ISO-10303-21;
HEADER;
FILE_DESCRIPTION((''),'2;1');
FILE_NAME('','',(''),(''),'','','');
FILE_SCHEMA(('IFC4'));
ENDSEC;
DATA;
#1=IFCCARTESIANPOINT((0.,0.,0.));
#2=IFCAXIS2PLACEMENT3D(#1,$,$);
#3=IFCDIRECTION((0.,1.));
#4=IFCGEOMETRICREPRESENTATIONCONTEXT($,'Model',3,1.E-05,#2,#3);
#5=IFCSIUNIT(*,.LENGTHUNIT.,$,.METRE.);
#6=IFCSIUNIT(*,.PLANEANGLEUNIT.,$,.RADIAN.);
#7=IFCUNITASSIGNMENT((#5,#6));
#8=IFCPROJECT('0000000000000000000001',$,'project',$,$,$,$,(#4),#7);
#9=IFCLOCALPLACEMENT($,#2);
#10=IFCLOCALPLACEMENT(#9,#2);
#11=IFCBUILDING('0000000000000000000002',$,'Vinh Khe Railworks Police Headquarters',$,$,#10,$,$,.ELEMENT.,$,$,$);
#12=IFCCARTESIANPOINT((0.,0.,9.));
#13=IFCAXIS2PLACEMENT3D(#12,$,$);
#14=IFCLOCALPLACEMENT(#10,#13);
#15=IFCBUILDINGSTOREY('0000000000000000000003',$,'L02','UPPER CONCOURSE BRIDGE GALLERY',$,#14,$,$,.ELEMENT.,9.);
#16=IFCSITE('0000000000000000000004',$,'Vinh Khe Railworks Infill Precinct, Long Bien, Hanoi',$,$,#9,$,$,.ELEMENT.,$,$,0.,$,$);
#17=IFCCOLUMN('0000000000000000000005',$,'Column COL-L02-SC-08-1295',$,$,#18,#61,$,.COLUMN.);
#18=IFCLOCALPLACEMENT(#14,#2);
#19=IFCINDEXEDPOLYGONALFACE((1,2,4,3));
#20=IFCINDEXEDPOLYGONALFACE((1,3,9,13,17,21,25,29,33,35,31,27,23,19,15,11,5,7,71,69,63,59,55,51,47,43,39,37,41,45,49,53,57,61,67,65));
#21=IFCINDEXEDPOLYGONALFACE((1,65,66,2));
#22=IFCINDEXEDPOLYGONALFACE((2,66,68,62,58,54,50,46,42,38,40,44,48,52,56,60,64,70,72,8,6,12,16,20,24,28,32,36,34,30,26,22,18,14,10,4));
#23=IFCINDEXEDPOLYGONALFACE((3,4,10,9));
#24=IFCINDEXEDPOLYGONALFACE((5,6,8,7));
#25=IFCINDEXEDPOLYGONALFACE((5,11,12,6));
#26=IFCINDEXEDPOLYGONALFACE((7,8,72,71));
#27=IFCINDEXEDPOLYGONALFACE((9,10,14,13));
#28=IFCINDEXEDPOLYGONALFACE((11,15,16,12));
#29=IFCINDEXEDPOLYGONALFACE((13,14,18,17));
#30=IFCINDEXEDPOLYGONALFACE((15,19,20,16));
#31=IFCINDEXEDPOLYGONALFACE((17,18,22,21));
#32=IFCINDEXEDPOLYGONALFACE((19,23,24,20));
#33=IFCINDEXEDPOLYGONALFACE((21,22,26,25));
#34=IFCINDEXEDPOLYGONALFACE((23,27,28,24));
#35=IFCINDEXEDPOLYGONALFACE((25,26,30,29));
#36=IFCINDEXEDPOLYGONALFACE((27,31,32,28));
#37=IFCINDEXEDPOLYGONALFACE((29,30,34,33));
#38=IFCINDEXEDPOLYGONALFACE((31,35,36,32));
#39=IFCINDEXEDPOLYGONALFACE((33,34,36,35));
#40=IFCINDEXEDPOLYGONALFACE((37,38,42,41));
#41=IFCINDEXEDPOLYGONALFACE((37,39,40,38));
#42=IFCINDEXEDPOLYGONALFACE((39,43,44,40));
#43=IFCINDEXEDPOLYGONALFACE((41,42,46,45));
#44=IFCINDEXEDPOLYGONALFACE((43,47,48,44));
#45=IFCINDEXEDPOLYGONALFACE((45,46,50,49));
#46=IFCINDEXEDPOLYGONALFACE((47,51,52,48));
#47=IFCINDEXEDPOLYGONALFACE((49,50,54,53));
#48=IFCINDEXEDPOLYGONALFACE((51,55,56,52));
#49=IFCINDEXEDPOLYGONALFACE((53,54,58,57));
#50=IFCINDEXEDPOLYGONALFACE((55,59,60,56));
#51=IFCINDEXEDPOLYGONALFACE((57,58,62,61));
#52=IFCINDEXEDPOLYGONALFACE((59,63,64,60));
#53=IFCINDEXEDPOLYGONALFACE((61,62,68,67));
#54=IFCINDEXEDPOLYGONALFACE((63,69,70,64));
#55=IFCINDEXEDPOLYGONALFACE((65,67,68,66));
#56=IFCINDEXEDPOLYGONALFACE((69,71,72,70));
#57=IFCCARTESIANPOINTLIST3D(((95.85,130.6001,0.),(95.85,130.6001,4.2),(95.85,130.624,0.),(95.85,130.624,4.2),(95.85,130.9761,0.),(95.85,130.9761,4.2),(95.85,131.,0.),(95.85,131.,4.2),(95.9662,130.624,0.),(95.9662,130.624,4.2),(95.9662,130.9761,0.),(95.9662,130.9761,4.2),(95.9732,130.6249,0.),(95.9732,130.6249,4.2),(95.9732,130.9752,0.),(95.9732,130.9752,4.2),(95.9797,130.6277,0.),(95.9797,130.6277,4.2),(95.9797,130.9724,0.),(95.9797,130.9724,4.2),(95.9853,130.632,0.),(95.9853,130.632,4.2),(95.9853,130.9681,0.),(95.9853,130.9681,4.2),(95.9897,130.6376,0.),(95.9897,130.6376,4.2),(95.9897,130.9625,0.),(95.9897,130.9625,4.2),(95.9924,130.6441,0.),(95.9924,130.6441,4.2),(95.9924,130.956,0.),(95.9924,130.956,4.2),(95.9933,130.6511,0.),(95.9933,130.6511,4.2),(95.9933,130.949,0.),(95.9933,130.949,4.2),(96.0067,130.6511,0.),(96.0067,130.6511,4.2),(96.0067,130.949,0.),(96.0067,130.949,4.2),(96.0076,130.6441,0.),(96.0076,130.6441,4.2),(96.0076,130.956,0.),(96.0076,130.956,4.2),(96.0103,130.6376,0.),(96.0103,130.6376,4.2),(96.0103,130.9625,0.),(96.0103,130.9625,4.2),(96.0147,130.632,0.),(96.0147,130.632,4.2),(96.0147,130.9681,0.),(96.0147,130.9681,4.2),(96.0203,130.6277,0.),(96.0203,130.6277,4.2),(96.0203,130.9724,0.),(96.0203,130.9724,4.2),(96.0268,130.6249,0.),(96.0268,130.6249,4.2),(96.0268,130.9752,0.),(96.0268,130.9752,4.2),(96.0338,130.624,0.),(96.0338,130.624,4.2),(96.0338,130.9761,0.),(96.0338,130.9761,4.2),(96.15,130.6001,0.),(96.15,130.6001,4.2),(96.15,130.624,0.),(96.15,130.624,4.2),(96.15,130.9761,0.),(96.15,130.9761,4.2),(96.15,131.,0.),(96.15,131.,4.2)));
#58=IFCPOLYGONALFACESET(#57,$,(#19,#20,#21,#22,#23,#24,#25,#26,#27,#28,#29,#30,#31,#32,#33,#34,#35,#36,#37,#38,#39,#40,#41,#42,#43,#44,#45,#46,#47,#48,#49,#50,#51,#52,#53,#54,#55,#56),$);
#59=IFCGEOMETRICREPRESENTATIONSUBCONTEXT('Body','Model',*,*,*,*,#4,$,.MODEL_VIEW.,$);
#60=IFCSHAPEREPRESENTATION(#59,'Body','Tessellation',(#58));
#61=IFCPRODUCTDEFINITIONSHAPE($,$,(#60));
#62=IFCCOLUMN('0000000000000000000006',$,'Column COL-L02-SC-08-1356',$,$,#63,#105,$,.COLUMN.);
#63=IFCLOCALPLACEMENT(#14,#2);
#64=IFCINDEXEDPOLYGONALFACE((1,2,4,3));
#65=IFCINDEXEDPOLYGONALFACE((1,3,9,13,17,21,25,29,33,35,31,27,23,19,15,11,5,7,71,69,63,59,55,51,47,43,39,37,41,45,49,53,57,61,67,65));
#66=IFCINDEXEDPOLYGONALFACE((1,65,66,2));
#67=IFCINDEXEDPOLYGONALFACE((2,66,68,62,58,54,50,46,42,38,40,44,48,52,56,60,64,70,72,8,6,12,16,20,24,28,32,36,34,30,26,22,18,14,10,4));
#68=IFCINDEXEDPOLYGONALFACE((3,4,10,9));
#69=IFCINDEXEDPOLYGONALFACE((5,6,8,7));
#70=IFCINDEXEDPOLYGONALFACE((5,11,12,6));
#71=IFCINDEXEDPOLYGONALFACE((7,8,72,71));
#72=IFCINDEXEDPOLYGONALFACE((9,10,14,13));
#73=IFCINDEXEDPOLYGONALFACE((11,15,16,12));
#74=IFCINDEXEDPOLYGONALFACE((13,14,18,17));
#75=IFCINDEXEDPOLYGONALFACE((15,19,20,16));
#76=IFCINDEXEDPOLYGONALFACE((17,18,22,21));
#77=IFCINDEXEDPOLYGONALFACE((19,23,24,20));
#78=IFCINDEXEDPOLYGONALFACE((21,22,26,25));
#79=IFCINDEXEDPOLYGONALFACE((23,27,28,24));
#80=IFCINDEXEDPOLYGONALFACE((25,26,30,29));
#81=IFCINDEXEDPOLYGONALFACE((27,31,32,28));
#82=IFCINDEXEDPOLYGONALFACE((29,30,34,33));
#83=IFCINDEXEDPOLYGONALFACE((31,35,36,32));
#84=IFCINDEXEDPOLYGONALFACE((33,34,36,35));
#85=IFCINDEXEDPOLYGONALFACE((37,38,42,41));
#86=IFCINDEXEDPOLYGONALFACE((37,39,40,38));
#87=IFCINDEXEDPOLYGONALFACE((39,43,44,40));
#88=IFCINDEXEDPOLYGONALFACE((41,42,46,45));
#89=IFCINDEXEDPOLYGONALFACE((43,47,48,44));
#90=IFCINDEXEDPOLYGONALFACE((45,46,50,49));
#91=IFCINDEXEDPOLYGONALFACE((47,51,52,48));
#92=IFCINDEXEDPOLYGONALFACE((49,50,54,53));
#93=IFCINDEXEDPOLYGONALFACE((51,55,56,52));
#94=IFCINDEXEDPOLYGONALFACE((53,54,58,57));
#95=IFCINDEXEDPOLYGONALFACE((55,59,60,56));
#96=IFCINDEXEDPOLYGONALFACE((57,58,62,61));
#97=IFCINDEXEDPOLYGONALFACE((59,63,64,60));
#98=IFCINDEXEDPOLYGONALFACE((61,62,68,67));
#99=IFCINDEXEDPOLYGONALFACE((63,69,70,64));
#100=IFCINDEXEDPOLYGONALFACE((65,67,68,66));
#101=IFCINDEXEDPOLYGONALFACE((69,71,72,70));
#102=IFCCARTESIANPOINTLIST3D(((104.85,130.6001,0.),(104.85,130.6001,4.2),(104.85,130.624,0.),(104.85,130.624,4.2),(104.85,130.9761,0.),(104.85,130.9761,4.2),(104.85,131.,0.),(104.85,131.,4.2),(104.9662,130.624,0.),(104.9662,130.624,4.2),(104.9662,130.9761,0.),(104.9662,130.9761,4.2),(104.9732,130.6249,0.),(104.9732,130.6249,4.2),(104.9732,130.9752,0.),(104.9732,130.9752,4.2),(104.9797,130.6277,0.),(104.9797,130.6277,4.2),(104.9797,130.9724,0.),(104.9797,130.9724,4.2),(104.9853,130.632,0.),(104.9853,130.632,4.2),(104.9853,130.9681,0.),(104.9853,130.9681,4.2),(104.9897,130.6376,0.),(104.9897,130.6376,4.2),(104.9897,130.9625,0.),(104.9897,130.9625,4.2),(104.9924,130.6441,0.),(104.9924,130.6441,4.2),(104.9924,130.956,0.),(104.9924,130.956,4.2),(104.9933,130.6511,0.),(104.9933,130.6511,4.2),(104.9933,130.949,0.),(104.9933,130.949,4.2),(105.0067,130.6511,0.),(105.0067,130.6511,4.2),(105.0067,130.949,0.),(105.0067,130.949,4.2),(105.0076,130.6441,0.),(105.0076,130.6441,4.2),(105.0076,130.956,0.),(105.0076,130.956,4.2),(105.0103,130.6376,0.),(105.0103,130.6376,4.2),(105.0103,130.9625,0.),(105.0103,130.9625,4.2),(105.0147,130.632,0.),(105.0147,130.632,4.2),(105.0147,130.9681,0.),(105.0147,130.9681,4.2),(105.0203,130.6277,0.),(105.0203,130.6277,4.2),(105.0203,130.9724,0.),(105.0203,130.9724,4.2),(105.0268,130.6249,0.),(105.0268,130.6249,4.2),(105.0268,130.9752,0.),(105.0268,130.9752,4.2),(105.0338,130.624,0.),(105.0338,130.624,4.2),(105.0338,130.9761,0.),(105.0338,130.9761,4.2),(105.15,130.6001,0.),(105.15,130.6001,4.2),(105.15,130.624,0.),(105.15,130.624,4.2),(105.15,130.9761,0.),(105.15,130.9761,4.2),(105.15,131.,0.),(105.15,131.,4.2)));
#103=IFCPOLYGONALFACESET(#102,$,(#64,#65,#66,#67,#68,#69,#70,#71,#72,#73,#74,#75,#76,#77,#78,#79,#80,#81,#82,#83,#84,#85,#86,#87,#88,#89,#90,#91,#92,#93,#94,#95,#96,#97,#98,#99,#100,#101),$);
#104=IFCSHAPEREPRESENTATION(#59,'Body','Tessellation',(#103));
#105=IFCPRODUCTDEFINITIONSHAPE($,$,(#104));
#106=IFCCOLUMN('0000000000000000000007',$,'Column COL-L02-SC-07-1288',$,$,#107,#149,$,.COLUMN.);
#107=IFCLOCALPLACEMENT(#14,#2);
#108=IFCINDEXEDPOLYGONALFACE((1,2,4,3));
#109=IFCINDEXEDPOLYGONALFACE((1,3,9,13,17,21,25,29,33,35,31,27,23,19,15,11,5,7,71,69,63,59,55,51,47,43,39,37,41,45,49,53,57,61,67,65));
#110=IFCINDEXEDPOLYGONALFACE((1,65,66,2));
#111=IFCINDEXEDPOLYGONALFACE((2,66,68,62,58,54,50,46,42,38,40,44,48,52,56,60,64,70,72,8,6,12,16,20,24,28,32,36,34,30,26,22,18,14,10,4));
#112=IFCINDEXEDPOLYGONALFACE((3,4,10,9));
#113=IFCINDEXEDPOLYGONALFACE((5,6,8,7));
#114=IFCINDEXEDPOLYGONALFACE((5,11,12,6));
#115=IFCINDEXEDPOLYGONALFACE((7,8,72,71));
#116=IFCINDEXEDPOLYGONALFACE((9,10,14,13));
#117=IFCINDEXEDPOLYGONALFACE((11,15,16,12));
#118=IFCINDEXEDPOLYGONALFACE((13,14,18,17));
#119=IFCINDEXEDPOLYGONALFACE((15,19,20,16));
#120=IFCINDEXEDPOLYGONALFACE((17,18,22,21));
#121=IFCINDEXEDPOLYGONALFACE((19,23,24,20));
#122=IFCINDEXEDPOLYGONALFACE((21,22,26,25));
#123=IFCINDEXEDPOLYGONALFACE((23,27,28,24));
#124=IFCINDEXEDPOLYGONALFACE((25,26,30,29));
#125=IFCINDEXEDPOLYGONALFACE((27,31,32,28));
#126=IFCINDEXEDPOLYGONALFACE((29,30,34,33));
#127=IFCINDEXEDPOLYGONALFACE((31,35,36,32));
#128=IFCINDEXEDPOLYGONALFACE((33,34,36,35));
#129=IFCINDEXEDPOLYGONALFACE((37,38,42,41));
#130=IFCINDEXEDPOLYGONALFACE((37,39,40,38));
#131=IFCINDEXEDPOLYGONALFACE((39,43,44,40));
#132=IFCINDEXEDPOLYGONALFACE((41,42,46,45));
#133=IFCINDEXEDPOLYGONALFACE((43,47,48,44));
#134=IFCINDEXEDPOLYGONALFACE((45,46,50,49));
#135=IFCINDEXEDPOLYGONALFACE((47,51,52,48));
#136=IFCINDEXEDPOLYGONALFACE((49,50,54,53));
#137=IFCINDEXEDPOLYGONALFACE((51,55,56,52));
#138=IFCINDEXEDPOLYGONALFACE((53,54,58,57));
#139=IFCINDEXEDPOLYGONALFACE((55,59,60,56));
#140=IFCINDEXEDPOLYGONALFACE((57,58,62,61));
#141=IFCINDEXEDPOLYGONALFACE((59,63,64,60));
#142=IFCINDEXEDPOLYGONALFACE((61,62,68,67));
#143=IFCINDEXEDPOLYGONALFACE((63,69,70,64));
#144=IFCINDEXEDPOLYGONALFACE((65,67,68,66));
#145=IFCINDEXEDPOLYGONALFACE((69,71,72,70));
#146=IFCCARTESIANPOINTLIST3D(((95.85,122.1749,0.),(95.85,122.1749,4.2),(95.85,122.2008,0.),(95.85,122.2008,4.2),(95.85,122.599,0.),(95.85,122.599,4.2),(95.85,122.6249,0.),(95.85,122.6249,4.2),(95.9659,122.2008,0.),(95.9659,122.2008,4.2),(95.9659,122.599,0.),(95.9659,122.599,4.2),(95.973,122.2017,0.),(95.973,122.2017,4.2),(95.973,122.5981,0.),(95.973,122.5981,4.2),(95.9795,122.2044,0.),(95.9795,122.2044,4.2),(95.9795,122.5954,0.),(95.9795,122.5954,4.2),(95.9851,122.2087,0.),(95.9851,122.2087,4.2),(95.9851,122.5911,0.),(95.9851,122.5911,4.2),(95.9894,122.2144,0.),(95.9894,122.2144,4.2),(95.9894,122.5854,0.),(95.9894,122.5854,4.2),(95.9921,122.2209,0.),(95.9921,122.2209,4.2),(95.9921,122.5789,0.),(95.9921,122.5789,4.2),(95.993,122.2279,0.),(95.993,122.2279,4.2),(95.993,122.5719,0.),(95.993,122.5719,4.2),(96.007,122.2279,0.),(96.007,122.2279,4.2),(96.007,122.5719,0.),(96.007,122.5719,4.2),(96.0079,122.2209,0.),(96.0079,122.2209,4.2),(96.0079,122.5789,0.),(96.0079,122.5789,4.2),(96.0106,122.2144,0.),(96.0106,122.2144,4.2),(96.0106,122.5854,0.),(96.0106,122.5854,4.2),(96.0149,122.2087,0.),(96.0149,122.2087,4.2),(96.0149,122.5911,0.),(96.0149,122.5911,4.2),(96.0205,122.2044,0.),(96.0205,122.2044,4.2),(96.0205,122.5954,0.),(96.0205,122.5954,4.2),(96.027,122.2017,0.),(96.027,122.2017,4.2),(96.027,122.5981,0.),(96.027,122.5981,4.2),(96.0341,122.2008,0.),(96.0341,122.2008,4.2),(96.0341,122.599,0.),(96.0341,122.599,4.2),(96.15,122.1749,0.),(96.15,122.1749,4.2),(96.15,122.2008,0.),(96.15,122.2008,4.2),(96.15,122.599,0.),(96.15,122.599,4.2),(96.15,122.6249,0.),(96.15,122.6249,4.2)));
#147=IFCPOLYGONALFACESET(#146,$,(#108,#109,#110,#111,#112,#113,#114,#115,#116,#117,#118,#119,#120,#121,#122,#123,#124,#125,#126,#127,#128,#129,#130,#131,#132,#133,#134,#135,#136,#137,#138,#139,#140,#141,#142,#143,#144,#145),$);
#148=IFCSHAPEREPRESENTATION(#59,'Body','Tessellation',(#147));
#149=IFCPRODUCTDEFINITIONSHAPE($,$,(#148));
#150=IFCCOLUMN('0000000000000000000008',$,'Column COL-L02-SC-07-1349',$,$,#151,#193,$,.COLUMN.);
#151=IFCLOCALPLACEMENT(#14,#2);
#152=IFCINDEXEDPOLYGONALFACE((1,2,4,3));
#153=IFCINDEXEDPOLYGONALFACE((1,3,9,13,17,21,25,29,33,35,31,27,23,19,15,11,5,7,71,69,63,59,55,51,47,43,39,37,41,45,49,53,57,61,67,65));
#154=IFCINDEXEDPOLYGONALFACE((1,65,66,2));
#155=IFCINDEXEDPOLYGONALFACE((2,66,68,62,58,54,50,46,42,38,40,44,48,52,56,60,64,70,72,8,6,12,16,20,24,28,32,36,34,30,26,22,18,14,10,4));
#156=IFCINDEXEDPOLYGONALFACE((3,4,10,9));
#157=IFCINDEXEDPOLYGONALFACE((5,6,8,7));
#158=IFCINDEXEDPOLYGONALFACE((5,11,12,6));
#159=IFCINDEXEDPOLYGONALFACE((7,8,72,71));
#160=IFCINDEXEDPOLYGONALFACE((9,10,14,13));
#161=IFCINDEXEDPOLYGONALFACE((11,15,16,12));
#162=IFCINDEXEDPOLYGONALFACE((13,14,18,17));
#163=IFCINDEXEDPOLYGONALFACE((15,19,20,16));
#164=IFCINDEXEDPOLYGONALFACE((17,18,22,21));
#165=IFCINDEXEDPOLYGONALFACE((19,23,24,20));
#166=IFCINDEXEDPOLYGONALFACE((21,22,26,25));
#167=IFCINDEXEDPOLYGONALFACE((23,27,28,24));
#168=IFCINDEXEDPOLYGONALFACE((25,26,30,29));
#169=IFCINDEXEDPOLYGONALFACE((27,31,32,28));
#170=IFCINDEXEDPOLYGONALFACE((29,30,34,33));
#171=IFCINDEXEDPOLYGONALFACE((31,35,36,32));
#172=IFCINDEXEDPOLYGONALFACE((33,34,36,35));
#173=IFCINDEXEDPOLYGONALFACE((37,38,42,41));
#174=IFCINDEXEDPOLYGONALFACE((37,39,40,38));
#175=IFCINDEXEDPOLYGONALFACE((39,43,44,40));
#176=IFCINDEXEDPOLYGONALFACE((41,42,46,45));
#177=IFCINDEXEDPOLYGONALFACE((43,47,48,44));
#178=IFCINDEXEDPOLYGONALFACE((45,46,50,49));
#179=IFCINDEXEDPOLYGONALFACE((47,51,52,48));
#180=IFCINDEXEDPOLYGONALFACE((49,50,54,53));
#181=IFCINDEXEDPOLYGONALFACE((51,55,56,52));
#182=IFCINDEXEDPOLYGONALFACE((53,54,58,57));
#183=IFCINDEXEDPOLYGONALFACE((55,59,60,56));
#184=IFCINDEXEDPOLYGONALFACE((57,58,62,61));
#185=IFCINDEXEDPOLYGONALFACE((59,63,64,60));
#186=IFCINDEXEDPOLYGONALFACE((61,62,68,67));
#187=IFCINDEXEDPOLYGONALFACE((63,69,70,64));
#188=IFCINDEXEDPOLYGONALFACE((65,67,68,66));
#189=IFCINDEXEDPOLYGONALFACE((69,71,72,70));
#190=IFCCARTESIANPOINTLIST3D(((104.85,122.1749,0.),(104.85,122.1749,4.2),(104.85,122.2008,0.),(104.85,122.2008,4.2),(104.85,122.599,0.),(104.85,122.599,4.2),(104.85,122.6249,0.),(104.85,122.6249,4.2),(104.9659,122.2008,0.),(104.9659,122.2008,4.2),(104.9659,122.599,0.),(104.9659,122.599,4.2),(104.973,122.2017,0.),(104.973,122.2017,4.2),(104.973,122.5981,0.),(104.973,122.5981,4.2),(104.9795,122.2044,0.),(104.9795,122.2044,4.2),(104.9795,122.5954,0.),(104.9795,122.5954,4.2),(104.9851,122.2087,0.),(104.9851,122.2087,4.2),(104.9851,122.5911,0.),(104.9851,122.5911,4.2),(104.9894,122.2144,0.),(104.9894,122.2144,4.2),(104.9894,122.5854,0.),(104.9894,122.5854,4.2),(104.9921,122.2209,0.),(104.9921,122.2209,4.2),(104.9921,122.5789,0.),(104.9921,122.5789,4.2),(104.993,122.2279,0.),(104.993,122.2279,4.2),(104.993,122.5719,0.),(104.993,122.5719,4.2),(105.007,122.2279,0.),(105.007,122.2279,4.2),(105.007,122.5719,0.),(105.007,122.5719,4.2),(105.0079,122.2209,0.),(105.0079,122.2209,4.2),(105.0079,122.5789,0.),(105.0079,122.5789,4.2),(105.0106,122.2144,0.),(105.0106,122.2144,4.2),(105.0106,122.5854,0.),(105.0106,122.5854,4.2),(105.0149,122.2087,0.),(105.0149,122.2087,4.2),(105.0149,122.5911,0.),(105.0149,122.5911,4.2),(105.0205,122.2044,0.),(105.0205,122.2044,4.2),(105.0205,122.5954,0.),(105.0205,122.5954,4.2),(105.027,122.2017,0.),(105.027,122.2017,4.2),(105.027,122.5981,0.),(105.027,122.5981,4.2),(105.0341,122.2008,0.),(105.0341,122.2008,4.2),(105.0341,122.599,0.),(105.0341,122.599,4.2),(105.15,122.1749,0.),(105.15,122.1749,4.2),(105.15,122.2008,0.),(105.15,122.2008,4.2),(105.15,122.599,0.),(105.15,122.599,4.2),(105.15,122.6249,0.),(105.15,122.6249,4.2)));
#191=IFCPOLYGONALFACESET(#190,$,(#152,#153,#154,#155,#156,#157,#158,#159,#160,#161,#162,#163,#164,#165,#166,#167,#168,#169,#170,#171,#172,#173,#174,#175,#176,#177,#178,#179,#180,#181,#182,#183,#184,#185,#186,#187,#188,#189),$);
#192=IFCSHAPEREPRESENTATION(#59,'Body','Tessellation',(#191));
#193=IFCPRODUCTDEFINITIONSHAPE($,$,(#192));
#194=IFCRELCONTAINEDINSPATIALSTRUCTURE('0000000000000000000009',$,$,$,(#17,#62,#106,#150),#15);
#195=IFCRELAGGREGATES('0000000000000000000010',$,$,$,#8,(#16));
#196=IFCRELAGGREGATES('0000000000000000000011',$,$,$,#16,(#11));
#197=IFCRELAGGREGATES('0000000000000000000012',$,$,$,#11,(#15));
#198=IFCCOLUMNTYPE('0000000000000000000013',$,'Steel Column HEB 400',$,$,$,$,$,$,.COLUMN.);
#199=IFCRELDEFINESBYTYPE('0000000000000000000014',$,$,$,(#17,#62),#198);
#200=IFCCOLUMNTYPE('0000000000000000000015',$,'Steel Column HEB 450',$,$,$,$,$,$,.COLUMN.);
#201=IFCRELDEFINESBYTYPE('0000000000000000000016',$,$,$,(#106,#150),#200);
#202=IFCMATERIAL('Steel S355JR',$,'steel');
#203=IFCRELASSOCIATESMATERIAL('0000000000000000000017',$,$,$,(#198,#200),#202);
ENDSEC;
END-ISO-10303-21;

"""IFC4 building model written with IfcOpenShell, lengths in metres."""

from ifc_helpers import new_model, si_unit, direction, frame, origin, origin_2d, place, context, subcontext, project, spatial, i_section, extrude, material, material_profile, profile_set, type_object, element, save


model = new_model("IFC4")

# Units and contexts
model_context = context("Model", 3, precision=1e-05, world=origin(), true_north=direction((0.0, 1.0)))
body_context = subcontext(model_context, "Body", "Model", "MODEL_VIEW")
ifc_project = project(units=[si_unit("LENGTHUNIT", "METRE"), si_unit("PLANEANGLEUNIT", "RADIAN")], contexts=[model_context])

# Site, building, storey
site_placement = place(None, origin())
site = spatial("IfcSite", under=ifc_project, at=site_placement, Name="Vinh Khe Railworks Infill Precinct, Long Bien, Hanoi", CompositionType="ELEMENT", RefElevation=0.0)
building_placement = place(site_placement, origin())
building = spatial("IfcBuilding", under=site, at=building_placement, Name="Vinh Khe Railworks Police Headquarters", CompositionType="ELEMENT")
storey_placement = place(building_placement, frame((0.0, 0.0, 9.0)))
storey = spatial("IfcBuildingStorey", under=building, at=storey_placement, Name="L02", Description="UPPER CONCOURSE BRIDGE GALLERY", CompositionType="ELEMENT", Elevation=9.0)

# Columns
ifc_material_1 = material(Name="Steel S355JR", Category="steel")
ifc_material_profile_1 = material_profile(ifc_material_1, i_section(OverallWidth=0.3, OverallDepth=0.3999, WebThickness=0.0134, FlangeThickness=0.0239, FilletRadius=0.0271, at=origin_2d()), Name="HEB 400")
ifc_profile_set_1 = profile_set([ifc_material_profile_1], Name="Steel S355JR")
column_type_1 = type_object("IfcColumnType", Name="Steel Column HEB 400", PredefinedType="COLUMN", material=ifc_profile_set_1)
for number, where, z_axis, x_axis, name in (
    (1, (96.0, 130.8, 0.0), (0.0, 0.0, 1.0), (1.0, 0.0, 0.0), "Column COL-L02-SC-08-1295"),
    (2, (105.0, 130.8, 0.0), (0.0, 0.0, 1.0), (1.0, 0.0, 0.0), "Column COL-L02-SC-08-1356"),
):
    element("IfcColumn", number, at=place(storey_placement, frame(where, z_axis=z_axis, x_axis=x_axis)), inside=storey, type_object=column_type_1, Name=name, PredefinedType="COLUMN", context=body_context, shape_type="SweptSolid", body=[
        extrude(i_section(OverallWidth=0.3, OverallDepth=0.3999, WebThickness=0.0134, FlangeThickness=0.0239, FilletRadius=0.0271, at=origin_2d()), origin(), (0.0, 0.0, 1.0), 4.2),
    ])
ifc_material_profile_2 = material_profile(ifc_material_1, i_section(OverallWidth=0.3, OverallDepth=0.45, WebThickness=0.0139, FlangeThickness=0.0259, FilletRadius=0.0271, at=origin_2d()), Name="HEB 450")
ifc_profile_set_2 = profile_set([ifc_material_profile_2], Name="Steel S355JR")
column_type_2 = type_object("IfcColumnType", Name="Steel Column HEB 450", PredefinedType="COLUMN", material=ifc_profile_set_2)
for number, where, z_axis, x_axis, name in (
    (3, (96.0, 122.3999, 0.0), (0.0, 0.0, 1.0), (1.0, 0.0, 0.0), "Column COL-L02-SC-07-1288"),
    (4, (105.0, 122.3999, 0.0), (0.0, 0.0, 1.0), (1.0, 0.0, 0.0), "Column COL-L02-SC-07-1349"),
):
    element("IfcColumn", number, at=place(storey_placement, frame(where, z_axis=z_axis, x_axis=x_axis)), inside=storey, type_object=column_type_2, Name=name, PredefinedType="COLUMN", context=body_context, shape_type="SweptSolid", body=[
        extrude(i_section(OverallWidth=0.3, OverallDepth=0.45, WebThickness=0.0139, FlangeThickness=0.0259, FilletRadius=0.0271, at=origin_2d()), origin(), (0.0, 0.0, 1.0), 4.2),
    ])

save(model, "model.ifc")
